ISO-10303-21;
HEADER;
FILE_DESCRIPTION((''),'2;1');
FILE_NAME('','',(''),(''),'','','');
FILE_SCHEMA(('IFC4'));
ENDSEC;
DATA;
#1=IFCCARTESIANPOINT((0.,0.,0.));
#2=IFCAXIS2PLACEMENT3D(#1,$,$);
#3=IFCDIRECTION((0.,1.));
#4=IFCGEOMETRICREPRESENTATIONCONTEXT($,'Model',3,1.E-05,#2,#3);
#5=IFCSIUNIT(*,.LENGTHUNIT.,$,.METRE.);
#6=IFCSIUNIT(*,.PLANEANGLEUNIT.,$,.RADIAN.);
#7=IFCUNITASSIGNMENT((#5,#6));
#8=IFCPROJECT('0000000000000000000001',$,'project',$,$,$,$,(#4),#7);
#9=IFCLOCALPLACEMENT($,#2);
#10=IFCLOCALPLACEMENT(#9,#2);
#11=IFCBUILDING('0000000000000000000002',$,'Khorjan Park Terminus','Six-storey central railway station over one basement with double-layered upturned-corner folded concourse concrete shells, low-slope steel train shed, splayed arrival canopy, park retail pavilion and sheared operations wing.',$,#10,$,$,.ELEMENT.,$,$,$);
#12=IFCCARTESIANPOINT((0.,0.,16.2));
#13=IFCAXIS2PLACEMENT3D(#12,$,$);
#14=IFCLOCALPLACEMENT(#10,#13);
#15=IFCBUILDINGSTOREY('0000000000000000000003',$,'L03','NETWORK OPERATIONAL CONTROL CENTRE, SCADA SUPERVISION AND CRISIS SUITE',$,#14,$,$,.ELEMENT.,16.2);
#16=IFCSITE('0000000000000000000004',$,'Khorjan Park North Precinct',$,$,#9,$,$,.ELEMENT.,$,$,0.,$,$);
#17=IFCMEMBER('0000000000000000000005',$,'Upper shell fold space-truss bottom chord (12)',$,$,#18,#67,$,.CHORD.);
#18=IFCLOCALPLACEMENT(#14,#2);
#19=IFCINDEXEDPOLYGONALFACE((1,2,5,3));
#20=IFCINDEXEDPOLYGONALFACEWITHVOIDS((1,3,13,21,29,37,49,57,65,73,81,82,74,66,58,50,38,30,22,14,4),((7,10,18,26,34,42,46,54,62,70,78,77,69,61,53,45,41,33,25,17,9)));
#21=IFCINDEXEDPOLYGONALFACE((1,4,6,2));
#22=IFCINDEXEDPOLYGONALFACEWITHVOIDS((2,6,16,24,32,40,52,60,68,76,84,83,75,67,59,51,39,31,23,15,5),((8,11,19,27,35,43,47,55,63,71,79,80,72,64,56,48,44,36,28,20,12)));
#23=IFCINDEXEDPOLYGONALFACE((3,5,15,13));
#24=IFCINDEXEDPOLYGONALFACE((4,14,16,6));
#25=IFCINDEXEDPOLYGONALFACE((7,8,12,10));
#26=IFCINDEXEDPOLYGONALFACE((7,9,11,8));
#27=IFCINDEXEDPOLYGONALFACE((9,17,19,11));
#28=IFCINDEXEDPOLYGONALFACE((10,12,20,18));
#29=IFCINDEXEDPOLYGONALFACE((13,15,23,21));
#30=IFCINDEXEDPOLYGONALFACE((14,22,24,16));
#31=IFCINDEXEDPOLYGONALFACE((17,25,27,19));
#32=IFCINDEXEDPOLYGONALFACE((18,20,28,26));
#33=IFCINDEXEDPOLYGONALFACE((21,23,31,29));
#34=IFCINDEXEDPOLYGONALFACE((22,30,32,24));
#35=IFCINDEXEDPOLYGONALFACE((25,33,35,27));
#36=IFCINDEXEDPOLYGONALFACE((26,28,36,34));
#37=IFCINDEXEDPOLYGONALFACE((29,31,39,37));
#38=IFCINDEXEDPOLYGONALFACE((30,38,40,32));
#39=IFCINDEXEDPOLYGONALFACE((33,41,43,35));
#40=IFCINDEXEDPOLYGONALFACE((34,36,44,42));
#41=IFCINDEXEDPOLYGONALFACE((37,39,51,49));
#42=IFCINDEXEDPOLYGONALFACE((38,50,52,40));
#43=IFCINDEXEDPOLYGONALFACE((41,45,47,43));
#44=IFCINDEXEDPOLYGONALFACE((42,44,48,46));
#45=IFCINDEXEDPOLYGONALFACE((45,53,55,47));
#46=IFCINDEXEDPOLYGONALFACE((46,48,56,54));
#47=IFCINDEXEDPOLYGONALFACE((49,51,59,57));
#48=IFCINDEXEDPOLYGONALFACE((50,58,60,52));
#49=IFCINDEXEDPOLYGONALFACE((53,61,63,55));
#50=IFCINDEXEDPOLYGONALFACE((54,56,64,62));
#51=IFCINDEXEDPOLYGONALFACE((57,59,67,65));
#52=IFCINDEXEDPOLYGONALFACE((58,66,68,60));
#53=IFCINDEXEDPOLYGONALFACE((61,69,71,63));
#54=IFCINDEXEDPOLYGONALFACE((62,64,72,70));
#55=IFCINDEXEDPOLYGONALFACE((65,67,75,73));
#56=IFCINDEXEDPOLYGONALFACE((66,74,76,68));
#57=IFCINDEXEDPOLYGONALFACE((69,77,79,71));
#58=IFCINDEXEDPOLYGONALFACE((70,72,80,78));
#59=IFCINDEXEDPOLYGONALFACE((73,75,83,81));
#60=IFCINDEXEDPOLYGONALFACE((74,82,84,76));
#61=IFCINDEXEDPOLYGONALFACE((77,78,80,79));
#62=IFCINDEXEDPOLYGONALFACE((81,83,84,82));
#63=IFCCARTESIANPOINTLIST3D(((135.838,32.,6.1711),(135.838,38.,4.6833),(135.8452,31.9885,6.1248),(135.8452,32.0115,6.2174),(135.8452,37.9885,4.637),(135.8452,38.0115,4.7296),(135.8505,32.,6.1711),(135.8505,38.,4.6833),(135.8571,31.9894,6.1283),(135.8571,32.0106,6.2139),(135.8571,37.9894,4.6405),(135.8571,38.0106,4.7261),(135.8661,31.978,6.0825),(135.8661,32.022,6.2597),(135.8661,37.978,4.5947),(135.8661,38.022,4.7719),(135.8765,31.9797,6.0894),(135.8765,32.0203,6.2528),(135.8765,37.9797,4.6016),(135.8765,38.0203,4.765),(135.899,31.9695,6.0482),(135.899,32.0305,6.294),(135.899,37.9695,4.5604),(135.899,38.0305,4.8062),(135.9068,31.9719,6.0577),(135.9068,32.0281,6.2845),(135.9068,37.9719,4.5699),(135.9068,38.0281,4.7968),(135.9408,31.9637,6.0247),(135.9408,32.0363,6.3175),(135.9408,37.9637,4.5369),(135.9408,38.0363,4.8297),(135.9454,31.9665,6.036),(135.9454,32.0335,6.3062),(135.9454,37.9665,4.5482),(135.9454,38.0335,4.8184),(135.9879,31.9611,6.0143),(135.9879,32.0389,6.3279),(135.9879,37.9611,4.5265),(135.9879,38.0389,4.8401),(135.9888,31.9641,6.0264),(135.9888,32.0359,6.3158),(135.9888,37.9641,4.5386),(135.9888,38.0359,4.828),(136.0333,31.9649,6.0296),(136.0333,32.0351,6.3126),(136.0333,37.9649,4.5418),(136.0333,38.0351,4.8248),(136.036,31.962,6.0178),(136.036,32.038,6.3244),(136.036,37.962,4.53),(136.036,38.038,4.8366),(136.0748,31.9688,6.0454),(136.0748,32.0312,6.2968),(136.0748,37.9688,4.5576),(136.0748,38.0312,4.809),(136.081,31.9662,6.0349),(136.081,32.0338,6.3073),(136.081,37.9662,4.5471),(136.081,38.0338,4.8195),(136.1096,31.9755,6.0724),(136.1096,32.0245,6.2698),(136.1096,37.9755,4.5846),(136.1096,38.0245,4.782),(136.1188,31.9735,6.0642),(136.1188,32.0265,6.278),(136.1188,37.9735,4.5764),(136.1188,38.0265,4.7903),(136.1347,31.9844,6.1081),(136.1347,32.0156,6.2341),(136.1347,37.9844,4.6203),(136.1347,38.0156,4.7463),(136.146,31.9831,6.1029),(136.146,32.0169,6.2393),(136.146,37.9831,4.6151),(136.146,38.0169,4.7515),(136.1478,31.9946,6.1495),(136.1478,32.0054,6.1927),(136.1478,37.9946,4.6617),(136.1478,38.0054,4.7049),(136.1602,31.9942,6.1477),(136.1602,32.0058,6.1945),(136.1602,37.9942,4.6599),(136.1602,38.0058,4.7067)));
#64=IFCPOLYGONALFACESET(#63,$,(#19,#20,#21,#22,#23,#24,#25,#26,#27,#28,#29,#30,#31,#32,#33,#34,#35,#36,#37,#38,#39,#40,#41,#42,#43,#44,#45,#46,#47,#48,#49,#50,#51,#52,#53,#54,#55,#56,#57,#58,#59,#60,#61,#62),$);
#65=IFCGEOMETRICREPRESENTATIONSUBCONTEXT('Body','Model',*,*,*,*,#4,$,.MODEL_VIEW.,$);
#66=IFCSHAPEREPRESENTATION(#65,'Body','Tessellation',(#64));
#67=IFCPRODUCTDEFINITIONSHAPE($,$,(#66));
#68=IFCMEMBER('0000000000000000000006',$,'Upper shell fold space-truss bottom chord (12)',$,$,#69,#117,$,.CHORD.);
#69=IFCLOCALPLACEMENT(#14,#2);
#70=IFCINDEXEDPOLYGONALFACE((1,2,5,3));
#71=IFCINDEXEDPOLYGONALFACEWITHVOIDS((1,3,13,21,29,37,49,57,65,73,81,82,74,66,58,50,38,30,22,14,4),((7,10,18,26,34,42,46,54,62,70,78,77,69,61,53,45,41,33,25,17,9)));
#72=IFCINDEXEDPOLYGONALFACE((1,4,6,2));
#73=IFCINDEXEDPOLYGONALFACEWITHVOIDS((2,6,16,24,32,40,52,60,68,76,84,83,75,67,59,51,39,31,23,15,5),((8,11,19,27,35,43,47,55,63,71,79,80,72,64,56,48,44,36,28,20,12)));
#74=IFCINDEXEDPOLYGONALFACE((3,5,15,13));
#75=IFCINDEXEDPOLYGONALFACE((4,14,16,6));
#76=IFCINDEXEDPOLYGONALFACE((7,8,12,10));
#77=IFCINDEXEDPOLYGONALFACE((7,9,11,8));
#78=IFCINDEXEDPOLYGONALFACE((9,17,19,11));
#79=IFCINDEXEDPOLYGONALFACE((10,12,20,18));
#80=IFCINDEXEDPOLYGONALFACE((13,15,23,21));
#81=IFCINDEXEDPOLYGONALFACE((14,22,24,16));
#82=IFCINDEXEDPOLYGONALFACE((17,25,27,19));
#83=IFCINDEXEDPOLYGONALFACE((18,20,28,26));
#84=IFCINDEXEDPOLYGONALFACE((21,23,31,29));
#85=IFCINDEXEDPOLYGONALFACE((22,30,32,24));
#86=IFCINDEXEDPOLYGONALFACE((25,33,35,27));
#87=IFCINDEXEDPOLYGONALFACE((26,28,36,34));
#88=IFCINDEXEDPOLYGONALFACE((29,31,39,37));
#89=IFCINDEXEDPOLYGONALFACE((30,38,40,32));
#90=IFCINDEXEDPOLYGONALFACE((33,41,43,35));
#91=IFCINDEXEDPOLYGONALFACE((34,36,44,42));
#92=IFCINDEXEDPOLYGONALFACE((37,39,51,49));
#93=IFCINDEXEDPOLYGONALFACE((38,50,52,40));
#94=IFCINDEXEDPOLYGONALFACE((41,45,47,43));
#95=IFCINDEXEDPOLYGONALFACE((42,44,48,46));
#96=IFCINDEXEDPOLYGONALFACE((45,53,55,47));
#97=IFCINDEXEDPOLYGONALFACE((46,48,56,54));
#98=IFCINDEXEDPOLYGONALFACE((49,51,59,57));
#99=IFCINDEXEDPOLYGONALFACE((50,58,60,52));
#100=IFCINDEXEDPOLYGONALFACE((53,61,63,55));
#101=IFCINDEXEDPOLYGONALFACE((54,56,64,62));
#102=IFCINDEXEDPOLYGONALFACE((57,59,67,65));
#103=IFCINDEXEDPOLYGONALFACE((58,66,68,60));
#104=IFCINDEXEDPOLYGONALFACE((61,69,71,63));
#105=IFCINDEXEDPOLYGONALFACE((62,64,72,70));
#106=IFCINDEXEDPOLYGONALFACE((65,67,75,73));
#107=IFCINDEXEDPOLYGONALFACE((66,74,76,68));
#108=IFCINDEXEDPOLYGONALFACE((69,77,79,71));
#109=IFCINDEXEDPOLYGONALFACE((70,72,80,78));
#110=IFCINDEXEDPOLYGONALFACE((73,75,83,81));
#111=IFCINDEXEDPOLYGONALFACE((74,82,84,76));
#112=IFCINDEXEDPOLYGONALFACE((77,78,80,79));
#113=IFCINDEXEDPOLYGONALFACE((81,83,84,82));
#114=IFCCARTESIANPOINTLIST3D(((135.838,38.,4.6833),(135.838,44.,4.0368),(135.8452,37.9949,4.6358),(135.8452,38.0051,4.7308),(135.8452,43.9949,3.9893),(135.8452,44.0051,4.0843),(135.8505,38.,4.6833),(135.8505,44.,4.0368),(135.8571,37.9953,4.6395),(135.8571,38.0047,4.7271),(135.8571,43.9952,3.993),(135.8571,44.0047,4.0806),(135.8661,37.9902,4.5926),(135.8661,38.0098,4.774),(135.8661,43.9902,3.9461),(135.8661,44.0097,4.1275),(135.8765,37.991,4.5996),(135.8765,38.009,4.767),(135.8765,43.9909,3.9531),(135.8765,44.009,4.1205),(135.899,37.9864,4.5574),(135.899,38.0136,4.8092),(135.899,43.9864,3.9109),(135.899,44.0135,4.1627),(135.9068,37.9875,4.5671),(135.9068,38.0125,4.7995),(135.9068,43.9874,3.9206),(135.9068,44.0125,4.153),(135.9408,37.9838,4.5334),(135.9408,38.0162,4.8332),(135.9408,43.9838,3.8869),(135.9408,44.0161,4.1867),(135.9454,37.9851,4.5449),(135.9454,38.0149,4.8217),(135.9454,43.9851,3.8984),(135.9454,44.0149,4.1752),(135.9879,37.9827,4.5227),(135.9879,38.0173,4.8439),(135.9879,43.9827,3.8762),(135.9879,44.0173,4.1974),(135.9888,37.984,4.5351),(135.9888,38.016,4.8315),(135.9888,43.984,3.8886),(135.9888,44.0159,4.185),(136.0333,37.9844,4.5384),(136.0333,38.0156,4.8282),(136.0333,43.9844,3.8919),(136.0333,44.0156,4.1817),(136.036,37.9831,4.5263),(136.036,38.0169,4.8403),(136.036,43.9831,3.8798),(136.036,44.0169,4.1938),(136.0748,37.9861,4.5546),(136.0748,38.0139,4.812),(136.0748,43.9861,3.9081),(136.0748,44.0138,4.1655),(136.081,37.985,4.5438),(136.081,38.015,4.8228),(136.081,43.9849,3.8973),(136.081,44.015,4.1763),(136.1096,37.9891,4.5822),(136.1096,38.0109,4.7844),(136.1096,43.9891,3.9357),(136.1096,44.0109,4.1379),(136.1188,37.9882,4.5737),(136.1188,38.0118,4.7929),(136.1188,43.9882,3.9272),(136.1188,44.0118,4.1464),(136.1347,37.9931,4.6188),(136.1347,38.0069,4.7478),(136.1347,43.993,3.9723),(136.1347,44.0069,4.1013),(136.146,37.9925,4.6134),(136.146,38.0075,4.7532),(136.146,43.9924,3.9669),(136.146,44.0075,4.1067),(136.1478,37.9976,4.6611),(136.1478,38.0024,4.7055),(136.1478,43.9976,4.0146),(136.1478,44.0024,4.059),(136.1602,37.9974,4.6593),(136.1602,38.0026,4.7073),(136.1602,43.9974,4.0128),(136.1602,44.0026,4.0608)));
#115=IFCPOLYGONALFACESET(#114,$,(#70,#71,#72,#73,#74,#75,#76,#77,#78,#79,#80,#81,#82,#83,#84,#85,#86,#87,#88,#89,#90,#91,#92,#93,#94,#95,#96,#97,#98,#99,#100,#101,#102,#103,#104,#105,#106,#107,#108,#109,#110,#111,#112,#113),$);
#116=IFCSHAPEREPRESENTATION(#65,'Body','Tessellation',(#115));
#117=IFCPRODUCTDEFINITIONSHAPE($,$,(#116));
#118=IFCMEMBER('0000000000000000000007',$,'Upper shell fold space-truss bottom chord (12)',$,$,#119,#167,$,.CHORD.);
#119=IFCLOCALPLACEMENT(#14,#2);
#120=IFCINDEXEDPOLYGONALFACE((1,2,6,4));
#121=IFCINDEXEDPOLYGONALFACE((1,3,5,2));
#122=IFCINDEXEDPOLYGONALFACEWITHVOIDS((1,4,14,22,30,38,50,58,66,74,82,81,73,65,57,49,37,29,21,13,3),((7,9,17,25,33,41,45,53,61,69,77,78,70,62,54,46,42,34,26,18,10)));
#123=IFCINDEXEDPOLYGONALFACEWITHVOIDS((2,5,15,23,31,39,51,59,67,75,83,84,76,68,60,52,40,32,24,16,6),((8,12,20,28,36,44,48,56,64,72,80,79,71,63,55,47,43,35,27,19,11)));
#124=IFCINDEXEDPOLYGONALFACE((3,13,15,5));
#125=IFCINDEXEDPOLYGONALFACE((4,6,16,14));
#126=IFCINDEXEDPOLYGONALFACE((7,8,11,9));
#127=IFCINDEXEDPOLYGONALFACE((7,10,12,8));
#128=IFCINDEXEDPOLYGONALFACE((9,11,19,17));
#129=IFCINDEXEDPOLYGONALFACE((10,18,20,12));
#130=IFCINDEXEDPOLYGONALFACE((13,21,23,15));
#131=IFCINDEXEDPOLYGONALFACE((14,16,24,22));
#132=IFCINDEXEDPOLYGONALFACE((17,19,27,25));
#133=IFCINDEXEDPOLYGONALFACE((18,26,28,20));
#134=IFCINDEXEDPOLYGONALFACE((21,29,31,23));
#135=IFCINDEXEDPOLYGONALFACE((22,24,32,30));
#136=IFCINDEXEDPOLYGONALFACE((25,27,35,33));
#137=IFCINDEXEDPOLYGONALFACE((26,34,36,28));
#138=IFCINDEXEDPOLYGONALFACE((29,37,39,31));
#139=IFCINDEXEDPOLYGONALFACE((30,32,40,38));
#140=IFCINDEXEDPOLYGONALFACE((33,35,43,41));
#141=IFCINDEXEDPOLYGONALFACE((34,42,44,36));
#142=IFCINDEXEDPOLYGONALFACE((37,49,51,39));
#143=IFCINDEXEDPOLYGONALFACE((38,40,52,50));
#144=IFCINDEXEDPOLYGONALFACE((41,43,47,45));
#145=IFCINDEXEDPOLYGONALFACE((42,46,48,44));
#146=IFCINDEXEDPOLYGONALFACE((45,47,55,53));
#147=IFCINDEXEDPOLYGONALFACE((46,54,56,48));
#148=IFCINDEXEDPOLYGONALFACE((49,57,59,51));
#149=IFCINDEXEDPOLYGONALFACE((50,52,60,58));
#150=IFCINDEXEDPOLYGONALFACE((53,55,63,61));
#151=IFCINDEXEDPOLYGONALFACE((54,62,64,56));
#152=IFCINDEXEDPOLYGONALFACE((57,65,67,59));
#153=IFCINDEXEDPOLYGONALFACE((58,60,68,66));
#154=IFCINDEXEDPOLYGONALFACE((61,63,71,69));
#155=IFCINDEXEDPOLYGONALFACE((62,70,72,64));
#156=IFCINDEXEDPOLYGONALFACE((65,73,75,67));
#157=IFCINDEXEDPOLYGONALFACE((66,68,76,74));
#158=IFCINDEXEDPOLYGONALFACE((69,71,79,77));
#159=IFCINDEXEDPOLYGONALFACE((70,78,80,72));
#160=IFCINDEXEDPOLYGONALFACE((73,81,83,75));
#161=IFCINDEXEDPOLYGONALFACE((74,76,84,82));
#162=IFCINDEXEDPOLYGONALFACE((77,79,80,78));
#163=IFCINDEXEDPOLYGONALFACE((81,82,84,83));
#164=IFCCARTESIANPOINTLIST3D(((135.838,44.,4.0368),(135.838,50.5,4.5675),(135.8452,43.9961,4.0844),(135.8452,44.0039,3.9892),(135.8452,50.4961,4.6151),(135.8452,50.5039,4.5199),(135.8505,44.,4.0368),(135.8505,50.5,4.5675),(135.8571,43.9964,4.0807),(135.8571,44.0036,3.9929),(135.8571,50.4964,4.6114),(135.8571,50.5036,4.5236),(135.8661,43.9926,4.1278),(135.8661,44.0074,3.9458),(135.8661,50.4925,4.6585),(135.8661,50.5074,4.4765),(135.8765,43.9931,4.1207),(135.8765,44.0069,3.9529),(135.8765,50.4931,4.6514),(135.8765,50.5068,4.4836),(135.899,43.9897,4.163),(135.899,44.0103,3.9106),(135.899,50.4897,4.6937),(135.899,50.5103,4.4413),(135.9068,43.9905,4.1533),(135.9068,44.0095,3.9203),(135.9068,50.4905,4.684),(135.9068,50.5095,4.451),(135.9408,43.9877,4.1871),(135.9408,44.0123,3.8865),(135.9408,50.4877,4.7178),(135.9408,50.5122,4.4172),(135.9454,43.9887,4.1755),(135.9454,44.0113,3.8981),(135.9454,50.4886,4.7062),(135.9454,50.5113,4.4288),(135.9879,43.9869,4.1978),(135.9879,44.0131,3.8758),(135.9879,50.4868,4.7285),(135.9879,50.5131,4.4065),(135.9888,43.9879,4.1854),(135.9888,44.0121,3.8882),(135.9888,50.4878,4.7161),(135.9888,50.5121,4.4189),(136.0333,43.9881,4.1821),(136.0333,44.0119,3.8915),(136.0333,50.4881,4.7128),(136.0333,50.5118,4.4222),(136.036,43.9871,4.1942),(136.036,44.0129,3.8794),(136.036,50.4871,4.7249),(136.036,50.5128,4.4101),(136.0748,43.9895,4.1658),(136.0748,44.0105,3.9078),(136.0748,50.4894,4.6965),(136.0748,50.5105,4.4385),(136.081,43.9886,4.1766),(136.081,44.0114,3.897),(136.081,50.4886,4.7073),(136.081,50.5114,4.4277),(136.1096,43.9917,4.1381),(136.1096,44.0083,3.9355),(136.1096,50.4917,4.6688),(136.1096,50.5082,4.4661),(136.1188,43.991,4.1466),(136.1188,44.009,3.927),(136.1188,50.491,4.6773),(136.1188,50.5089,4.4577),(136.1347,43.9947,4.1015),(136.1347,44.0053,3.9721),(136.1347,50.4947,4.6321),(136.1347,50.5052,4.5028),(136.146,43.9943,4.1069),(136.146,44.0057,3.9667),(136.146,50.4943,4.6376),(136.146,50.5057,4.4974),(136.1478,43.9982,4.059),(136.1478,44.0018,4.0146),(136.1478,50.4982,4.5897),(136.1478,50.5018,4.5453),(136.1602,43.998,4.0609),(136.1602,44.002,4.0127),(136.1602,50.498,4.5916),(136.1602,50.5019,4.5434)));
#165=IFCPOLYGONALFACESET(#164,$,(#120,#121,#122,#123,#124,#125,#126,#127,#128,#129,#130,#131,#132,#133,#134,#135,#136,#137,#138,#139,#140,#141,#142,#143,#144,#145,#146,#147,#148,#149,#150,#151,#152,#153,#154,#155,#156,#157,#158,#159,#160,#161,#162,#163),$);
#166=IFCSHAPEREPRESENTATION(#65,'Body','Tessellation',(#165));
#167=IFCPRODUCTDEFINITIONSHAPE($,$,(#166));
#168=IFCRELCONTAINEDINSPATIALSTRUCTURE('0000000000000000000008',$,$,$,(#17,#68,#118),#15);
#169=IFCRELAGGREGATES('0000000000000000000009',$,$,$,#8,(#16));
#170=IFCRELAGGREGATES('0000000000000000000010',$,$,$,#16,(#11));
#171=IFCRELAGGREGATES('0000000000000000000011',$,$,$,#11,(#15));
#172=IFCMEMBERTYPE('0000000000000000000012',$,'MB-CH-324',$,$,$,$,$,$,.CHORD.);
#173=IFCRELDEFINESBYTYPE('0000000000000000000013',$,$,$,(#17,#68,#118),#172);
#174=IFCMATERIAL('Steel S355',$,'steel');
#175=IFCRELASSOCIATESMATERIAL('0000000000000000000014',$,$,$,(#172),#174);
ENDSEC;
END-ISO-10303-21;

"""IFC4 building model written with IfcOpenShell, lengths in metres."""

from ifc_helpers import new_model, si_unit, direction, frame, origin, origin_2d, place, context, subcontext, project, spatial, hollow_circle, extrude, material, material_profile, profile_set, type_object, element, save


model = new_model("IFC4")

# Units and contexts
model_context = context("Model", 3, precision=1e-05, world=origin(), true_north=direction((0.0, 1.0)))
body_context = subcontext(model_context, "Body", "Model", "MODEL_VIEW")
ifc_project = project(units=[si_unit("LENGTHUNIT", "METRE"), si_unit("PLANEANGLEUNIT", "RADIAN")], contexts=[model_context])

# Site, building, storey
site_placement = place(None, origin())
site = spatial("IfcSite", under=ifc_project, at=site_placement, Name="Khorjan Park North Precinct", CompositionType="ELEMENT", RefElevation=0.0)
building_placement = place(site_placement, origin())
building = spatial("IfcBuilding", under=site, at=building_placement, Name="Khorjan Park Terminus", Description="Six-storey central railway station over one basement with double-layered upturned-corner folded concourse concrete shells, low-slope steel train shed, splayed arrival canopy, park retail pavilion and sheared operations wing.", CompositionType="ELEMENT")
storey_placement = place(building_placement, frame((0.0, 0.0, 16.2)))
storey = spatial("IfcBuildingStorey", under=building, at=storey_placement, Name="L03", Description="NETWORK OPERATIONAL CONTROL CENTRE, SCADA SUPERVISION AND CRISIS SUITE", CompositionType="ELEMENT", Elevation=16.2)

# Members
ifc_material_1 = material(Name="Steel S355", Category="steel")
ifc_material_profile_1 = material_profile(ifc_material_1, hollow_circle(Radius=0.162, WallThickness=0.0125, at=origin_2d()), Name="CHS 323.9x12.5")
ifc_profile_set_1 = profile_set([ifc_material_profile_1], Name="Steel S355")
member_type_1 = type_object("IfcMemberType", Name="MB-CH-324", PredefinedType="CHORD", material=ifc_profile_set_1)
member_1_placement = place(storey_placement, frame((136.0, 32.0, 6.1711), z_axis=(0.0, 0.970605, -0.240678), x_axis=(-1.0, 0.0, 0.0)))
element("IfcMember", 1, at=member_1_placement, inside=storey, type_object=member_type_1, Name="Upper shell fold space-truss bottom chord (12)", PredefinedType="CHORD", context=body_context, shape_type="SweptSolid", body=[
    extrude(hollow_circle(Radius=0.162, WallThickness=0.0125, at=origin_2d()), origin(), (0.0, 0.0, 1.0), 6.1817),
])
member_2_placement = place(storey_placement, frame((136.0, 38.0, 4.6833), z_axis=(0.0, 0.994245, -0.10713), x_axis=(-1.0, 0.0, 0.0)))
element("IfcMember", 2, at=member_2_placement, inside=storey, type_object=member_type_1, Name="Upper shell fold space-truss bottom chord (12)", PredefinedType="CHORD", context=body_context, shape_type="SweptSolid", body=[
    extrude(hollow_circle(Radius=0.162, WallThickness=0.0125, at=origin_2d()), origin(), (0.0, 0.0, 1.0), 6.0347),
])
member_3_placement = place(storey_placement, frame((136.0, 44.0, 4.0368), z_axis=(0.0, 0.996684, 0.081375), x_axis=(-1.0, 0.0, 0.0)))
element("IfcMember", 3, at=member_3_placement, inside=storey, type_object=member_type_1, Name="Upper shell fold space-truss bottom chord (12)", PredefinedType="CHORD", context=body_context, shape_type="SweptSolid", body=[
    extrude(hollow_circle(Radius=0.162, WallThickness=0.0125, at=origin_2d()), origin(), (0.0, 0.0, 1.0), 6.5216),
])

save(model, "model.ifc")
